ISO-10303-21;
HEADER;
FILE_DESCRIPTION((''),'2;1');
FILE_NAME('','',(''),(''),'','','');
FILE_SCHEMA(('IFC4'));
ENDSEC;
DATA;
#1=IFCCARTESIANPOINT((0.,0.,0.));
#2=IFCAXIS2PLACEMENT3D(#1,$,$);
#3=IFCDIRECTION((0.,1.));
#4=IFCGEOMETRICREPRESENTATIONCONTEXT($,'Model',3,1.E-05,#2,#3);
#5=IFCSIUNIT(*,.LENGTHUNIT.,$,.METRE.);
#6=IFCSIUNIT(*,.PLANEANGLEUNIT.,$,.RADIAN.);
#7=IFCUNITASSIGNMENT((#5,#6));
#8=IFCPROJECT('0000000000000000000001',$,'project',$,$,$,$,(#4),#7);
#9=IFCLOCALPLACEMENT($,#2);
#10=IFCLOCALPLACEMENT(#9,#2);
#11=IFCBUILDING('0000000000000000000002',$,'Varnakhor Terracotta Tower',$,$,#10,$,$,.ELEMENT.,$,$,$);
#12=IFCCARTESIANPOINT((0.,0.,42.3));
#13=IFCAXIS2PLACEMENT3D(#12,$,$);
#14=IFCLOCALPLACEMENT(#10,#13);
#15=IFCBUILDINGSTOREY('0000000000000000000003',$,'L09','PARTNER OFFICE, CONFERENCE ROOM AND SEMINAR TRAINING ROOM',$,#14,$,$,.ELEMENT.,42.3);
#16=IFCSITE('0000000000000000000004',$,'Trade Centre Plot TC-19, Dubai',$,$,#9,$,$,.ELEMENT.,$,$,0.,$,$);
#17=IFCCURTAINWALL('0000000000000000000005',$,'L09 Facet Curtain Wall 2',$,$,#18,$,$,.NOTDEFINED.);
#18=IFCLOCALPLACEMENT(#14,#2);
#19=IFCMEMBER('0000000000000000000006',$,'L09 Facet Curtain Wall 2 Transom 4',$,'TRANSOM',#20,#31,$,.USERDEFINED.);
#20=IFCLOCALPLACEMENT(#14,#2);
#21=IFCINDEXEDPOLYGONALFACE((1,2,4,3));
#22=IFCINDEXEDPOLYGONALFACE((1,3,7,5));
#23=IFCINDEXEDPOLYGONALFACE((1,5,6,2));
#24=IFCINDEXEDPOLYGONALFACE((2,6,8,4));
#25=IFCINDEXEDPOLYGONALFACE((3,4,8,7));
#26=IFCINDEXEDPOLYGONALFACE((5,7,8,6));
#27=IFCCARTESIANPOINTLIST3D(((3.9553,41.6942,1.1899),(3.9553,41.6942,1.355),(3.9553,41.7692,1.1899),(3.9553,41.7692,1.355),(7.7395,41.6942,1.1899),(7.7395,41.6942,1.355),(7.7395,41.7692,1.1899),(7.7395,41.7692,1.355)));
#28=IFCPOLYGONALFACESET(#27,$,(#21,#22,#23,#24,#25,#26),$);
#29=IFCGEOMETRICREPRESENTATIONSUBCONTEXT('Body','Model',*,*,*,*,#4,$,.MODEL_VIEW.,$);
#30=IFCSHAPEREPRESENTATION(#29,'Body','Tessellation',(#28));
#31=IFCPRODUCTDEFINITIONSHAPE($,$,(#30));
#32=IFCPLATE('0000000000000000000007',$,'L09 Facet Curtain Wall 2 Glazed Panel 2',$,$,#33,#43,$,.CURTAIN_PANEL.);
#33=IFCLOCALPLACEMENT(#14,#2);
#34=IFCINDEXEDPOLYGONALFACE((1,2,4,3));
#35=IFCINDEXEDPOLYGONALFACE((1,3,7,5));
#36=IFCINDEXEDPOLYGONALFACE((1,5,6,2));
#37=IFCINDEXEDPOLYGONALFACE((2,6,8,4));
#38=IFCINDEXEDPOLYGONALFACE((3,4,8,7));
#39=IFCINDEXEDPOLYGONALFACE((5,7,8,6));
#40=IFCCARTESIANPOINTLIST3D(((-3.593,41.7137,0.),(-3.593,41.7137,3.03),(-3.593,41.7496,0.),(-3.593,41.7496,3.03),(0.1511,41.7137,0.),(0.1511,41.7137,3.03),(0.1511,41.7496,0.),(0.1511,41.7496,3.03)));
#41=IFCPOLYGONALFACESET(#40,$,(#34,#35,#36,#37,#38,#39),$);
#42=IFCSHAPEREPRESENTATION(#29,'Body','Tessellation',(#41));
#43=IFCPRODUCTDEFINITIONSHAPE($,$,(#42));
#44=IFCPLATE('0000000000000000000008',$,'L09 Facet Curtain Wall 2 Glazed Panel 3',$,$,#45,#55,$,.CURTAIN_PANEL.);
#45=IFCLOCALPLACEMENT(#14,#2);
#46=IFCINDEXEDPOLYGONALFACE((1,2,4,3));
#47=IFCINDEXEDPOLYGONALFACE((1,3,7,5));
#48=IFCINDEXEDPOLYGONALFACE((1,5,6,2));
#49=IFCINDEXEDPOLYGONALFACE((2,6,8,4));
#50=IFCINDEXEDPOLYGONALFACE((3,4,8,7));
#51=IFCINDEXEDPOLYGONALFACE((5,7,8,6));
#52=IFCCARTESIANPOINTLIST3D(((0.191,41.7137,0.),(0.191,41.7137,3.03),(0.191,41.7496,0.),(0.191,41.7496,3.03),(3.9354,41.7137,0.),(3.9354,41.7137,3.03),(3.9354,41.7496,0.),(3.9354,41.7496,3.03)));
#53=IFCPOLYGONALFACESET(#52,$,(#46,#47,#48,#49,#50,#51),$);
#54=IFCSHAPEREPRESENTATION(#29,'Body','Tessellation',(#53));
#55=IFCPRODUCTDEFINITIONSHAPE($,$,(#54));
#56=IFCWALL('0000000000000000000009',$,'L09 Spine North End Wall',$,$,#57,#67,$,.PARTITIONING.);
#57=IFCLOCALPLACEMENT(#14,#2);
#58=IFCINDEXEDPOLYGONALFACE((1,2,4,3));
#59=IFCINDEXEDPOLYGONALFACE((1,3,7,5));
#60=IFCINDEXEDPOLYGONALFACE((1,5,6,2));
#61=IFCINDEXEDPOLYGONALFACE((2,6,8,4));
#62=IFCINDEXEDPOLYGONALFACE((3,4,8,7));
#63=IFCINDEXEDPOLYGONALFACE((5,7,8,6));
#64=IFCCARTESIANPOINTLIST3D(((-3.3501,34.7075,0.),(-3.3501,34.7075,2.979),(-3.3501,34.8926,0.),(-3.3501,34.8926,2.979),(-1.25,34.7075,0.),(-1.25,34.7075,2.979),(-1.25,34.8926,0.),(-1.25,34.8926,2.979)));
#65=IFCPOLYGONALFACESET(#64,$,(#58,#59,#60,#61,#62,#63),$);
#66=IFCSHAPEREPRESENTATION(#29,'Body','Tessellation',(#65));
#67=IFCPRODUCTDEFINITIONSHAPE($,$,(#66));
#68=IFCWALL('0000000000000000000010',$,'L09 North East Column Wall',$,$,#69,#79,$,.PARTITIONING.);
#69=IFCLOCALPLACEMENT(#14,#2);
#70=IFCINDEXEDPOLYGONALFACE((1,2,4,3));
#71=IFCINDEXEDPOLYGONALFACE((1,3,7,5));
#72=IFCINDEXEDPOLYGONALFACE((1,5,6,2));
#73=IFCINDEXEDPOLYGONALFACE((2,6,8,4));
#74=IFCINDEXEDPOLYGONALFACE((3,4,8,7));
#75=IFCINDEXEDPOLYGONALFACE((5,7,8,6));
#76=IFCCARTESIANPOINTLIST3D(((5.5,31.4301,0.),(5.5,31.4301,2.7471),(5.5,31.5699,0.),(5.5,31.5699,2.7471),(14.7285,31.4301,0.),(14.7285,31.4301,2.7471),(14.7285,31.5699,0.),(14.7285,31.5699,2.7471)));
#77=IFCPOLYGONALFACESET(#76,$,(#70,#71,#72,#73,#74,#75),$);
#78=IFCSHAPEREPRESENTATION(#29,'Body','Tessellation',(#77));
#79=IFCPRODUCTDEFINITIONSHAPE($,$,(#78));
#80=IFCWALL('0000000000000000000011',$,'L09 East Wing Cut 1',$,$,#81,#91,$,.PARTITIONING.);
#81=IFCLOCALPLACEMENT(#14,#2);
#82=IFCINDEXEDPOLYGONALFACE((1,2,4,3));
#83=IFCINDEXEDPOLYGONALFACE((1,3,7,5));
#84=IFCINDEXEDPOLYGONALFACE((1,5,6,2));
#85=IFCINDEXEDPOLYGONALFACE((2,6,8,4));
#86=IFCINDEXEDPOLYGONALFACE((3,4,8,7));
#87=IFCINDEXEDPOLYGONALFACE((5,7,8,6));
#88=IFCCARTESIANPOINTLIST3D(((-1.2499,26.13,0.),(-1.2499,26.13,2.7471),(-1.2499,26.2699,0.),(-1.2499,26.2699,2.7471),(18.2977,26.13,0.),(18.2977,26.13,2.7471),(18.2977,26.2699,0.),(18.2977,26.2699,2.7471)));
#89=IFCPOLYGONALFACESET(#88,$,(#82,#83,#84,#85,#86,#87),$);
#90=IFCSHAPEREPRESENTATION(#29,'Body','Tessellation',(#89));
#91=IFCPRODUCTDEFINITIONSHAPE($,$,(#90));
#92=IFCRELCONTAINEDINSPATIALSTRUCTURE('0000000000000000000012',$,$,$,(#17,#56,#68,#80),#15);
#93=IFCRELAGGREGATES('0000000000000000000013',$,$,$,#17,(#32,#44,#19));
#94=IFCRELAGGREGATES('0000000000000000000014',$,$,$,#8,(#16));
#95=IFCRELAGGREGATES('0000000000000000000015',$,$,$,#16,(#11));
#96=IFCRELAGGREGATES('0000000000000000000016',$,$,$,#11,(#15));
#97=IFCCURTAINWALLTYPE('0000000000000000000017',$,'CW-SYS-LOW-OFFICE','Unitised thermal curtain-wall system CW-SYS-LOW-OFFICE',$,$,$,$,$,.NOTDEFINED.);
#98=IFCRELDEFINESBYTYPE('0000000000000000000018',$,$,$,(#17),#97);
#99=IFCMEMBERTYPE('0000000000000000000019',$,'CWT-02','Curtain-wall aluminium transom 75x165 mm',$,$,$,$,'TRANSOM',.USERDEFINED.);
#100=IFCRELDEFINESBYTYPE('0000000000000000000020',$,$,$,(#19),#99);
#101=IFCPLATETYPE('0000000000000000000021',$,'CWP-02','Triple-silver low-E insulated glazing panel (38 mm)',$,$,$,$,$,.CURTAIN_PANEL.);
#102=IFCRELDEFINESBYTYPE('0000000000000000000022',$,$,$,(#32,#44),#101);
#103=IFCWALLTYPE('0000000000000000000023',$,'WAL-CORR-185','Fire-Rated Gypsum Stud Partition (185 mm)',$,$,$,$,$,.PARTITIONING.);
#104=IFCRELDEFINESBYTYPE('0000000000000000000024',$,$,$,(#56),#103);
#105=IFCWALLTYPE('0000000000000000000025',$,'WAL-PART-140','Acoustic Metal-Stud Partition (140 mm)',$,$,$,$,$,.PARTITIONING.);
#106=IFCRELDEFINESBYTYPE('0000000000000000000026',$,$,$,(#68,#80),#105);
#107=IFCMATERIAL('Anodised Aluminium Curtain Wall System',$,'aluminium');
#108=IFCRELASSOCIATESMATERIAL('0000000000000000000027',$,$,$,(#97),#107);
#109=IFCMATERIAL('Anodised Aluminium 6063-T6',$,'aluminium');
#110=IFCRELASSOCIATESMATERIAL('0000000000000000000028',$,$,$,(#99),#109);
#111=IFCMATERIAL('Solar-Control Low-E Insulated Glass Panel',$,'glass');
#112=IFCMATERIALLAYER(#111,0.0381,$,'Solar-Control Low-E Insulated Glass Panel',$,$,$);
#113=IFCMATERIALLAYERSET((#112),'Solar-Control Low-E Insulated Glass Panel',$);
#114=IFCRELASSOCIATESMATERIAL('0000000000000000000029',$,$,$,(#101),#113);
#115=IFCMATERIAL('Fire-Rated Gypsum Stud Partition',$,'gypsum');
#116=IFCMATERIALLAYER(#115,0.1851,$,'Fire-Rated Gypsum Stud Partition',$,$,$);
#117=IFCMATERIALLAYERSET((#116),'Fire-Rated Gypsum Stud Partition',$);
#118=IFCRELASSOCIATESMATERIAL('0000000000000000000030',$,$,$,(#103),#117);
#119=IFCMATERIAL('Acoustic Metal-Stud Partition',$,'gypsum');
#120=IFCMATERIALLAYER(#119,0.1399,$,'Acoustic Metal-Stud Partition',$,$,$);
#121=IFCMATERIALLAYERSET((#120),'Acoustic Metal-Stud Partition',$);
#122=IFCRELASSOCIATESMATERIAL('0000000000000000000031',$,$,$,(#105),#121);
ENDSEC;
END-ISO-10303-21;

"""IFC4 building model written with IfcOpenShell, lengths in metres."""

from ifc_helpers import new_model, si_unit, direction, frame, frame_2d, origin, origin_2d, place, context, subcontext, project, spatial, rectangle, extrude, source, transform, mapped, material, layer, layer_set, material_profile, profile_set, type_object, element, aggregate, save


model = new_model("IFC4")

# Units and contexts
model_context = context("Model", 3, precision=1e-05, world=origin(), true_north=direction((0.0, 1.0)))
body_context = subcontext(model_context, "Body", "Model", "MODEL_VIEW")
ifc_project = project(units=[si_unit("LENGTHUNIT", "METRE"), si_unit("PLANEANGLEUNIT", "RADIAN")], contexts=[model_context])

# Site, building, storey
site_placement = place(None, origin())
site = spatial("IfcSite", under=ifc_project, at=site_placement, Name="Trade Centre Plot TC-19, Dubai", CompositionType="ELEMENT", RefElevation=0.0)
building_placement = place(site_placement, origin())
building = spatial("IfcBuilding", under=site, at=building_placement, Name="Varnakhor Terracotta Tower", CompositionType="ELEMENT")
storey_placement = place(building_placement, frame((0.0, 0.0, 42.3)))
storey = spatial("IfcBuildingStorey", under=building, at=storey_placement, Name="L09", Description="PARTNER OFFICE, CONFERENCE ROOM AND SEMINAR TRAINING ROOM", CompositionType="ELEMENT", Elevation=42.3)

# Curtain wall, member, plates
ifc_material_1 = material(Name="Anodised Aluminium Curtain Wall System", Category="aluminium")
curtain_wall_type = type_object("IfcCurtainWallType", Name="CW-SYS-LOW-OFFICE", Description="Unitised thermal curtain-wall system CW-SYS-LOW-OFFICE", PredefinedType="NOTDEFINED", material=ifc_material_1)
curtain_wall_placement = place(storey_placement, origin())
curtain_wall = element("IfcCurtainWall", 1, at=curtain_wall_placement, inside=storey, type_object=curtain_wall_type, Name="L09 Facet Curtain Wall 2", PredefinedType="NOTDEFINED")
ifc_material_2 = material(Name="Anodised Aluminium 6063-T6", Category="aluminium")
ifc_material_profile_1 = material_profile(ifc_material_2, rectangle(XDim=0.075, YDim=0.165, at=origin_2d()), Name="ALU TRANSOM 75x165")
ifc_profile_set_1 = profile_set([ifc_material_profile_1], Name="Anodised Aluminium 6063-T6")
member_type_1 = type_object("IfcMemberType", Name="CWT-02", Description="Curtain-wall aluminium transom 75x165 mm", ElementType="TRANSOM", PredefinedType="USERDEFINED", material=ifc_profile_set_1)
shared_shape_1 = source(origin(), body_context, "Body", "SweptSolid", [
    extrude(rectangle(XDim=0.075, YDim=0.165, at=origin_2d()), origin(), (0.0, 0.0, 1.0), 3.7842),
])
member_1_placement = place(storey_placement, frame((3.9553, 41.7317, 1.2725), z_axis=(1.0, 0.0, 0.0), x_axis=(0.0, 1.0, 0.0)))
member_1 = element("IfcMember", 2, at=member_1_placement, type_object=member_type_1, Name="L09 Facet Curtain Wall 2 Transom 4", ObjectType="TRANSOM", PredefinedType="USERDEFINED", context=body_context, shape_type="MappedRepresentation", body=[
    mapped(shared_shape_1, transform((0.0, 0.0, 0.0), scale=1.0)),
])
ifc_material_3 = material(Name="Solar-Control Low-E Insulated Glass Panel", Category="glass")
ifc_layer_1 = layer(ifc_material_3, 0.0381, Name="Solar-Control Low-E Insulated Glass Panel")
ifc_layer_set_1 = layer_set([ifc_layer_1], Name="Solar-Control Low-E Insulated Glass Panel")
plate_type = type_object("IfcPlateType", Name="CWP-02", Description="Triple-silver low-E insulated glazing panel (38 mm)", PredefinedType="CURTAIN_PANEL", material=ifc_layer_set_1)
shared_shape_2 = source(origin(), body_context, "Body", "SweptSolid", [
    extrude(rectangle(XDim=3.7441, YDim=0.0359, at=origin_2d()), origin(), (0.0, 0.0, 1.0), 3.03),
])
plate_1_placement = place(storey_placement, frame((-1.7209, 41.7317, 0.0), z_axis=(0.0, 0.0, 1.0), x_axis=(1.0, 0.0, 0.0)))
plate_1 = element("IfcPlate", 3, at=plate_1_placement, type_object=plate_type, Name="L09 Facet Curtain Wall 2 Glazed Panel 2", PredefinedType="CURTAIN_PANEL", context=body_context, shape_type="MappedRepresentation", body=[
    mapped(shared_shape_2, transform((0.0, 0.0, 0.0), scale=1.0)),
])
shared_shape_3 = source(origin(), body_context, "Body", "SweptSolid", [
    extrude(rectangle(XDim=3.7444, YDim=0.0359, at=origin_2d()), origin(), (0.0, 0.0, 1.0), 3.03),
])
plate_2_placement = place(storey_placement, frame((2.0632, 41.7317, 0.0), z_axis=(0.0, 0.0, 1.0), x_axis=(1.0, 0.0, 0.0)))
plate_2 = element("IfcPlate", 4, at=plate_2_placement, type_object=plate_type, Name="L09 Facet Curtain Wall 2 Glazed Panel 3", PredefinedType="CURTAIN_PANEL", context=body_context, shape_type="MappedRepresentation", body=[
    mapped(shared_shape_3, transform((0.0, 0.0, 0.0), scale=1.0)),
])
aggregate(curtain_wall, [plate_1, plate_2, member_1])

# Walls
ifc_material_4 = material(Name="Fire-Rated Gypsum Stud Partition", Category="gypsum")
ifc_layer_2 = layer(ifc_material_4, 0.1851, Name="Fire-Rated Gypsum Stud Partition")
ifc_layer_set_2 = layer_set([ifc_layer_2], Name="Fire-Rated Gypsum Stud Partition")
wall_type_1 = type_object("IfcWallType", Name="WAL-CORR-185", Description="Fire-Rated Gypsum Stud Partition (185 mm)", PredefinedType="PARTITIONING", material=ifc_layer_set_2)
wall_1_placement = place(storey_placement, frame((-3.3501, 34.8, 0.0), z_axis=(0.0, 0.0, 1.0), x_axis=(1.0, 0.0, 0.0)))
element("IfcWall", 5, at=wall_1_placement, inside=storey, type_object=wall_type_1, Name="L09 Spine North End Wall", PredefinedType="PARTITIONING", context=body_context, shape_type="SweptSolid", body=[
    extrude(rectangle(XDim=2.1001, YDim=0.1851, at=frame_2d((1.05, 0.0))), origin(), (0.0, 0.0, 1.0), 2.979),
])
ifc_material_5 = material(Name="Acoustic Metal-Stud Partition", Category="gypsum")
ifc_layer_3 = layer(ifc_material_5, 0.1399, Name="Acoustic Metal-Stud Partition")
ifc_layer_set_3 = layer_set([ifc_layer_3], Name="Acoustic Metal-Stud Partition")
wall_type_2 = type_object("IfcWallType", Name="WAL-PART-140", Description="Acoustic Metal-Stud Partition (140 mm)", PredefinedType="PARTITIONING", material=ifc_layer_set_3)
wall_2_placement = place(storey_placement, frame((5.5, 31.5, 0.0), z_axis=(0.0, 0.0, 1.0), x_axis=(1.0, 0.0, 0.0)))
element("IfcWall", 6, at=wall_2_placement, inside=storey, type_object=wall_type_2, Name="L09 North East Column Wall", PredefinedType="PARTITIONING", context=body_context, shape_type="SweptSolid", body=[
    extrude(rectangle(XDim=9.2285, YDim=0.1399, at=frame_2d((4.6143, 0.0))), origin(), (0.0, 0.0, 1.0), 2.7471),
])
wall_3_placement = place(storey_placement, frame((-1.25, 26.2, 0.0), z_axis=(0.0, 0.0, 1.0), x_axis=(1.0, 0.0, 0.0)))
element("IfcWall", 7, at=wall_3_placement, inside=storey, type_object=wall_type_2, Name="L09 East Wing Cut 1", PredefinedType="PARTITIONING", context=body_context, shape_type="SweptSolid", body=[
    extrude(rectangle(XDim=19.5476, YDim=0.1399, at=frame_2d((9.7739, 0.0))), origin(), (0.0, 0.0, 1.0), 2.7471),
])

save(model, "model.ifc")
